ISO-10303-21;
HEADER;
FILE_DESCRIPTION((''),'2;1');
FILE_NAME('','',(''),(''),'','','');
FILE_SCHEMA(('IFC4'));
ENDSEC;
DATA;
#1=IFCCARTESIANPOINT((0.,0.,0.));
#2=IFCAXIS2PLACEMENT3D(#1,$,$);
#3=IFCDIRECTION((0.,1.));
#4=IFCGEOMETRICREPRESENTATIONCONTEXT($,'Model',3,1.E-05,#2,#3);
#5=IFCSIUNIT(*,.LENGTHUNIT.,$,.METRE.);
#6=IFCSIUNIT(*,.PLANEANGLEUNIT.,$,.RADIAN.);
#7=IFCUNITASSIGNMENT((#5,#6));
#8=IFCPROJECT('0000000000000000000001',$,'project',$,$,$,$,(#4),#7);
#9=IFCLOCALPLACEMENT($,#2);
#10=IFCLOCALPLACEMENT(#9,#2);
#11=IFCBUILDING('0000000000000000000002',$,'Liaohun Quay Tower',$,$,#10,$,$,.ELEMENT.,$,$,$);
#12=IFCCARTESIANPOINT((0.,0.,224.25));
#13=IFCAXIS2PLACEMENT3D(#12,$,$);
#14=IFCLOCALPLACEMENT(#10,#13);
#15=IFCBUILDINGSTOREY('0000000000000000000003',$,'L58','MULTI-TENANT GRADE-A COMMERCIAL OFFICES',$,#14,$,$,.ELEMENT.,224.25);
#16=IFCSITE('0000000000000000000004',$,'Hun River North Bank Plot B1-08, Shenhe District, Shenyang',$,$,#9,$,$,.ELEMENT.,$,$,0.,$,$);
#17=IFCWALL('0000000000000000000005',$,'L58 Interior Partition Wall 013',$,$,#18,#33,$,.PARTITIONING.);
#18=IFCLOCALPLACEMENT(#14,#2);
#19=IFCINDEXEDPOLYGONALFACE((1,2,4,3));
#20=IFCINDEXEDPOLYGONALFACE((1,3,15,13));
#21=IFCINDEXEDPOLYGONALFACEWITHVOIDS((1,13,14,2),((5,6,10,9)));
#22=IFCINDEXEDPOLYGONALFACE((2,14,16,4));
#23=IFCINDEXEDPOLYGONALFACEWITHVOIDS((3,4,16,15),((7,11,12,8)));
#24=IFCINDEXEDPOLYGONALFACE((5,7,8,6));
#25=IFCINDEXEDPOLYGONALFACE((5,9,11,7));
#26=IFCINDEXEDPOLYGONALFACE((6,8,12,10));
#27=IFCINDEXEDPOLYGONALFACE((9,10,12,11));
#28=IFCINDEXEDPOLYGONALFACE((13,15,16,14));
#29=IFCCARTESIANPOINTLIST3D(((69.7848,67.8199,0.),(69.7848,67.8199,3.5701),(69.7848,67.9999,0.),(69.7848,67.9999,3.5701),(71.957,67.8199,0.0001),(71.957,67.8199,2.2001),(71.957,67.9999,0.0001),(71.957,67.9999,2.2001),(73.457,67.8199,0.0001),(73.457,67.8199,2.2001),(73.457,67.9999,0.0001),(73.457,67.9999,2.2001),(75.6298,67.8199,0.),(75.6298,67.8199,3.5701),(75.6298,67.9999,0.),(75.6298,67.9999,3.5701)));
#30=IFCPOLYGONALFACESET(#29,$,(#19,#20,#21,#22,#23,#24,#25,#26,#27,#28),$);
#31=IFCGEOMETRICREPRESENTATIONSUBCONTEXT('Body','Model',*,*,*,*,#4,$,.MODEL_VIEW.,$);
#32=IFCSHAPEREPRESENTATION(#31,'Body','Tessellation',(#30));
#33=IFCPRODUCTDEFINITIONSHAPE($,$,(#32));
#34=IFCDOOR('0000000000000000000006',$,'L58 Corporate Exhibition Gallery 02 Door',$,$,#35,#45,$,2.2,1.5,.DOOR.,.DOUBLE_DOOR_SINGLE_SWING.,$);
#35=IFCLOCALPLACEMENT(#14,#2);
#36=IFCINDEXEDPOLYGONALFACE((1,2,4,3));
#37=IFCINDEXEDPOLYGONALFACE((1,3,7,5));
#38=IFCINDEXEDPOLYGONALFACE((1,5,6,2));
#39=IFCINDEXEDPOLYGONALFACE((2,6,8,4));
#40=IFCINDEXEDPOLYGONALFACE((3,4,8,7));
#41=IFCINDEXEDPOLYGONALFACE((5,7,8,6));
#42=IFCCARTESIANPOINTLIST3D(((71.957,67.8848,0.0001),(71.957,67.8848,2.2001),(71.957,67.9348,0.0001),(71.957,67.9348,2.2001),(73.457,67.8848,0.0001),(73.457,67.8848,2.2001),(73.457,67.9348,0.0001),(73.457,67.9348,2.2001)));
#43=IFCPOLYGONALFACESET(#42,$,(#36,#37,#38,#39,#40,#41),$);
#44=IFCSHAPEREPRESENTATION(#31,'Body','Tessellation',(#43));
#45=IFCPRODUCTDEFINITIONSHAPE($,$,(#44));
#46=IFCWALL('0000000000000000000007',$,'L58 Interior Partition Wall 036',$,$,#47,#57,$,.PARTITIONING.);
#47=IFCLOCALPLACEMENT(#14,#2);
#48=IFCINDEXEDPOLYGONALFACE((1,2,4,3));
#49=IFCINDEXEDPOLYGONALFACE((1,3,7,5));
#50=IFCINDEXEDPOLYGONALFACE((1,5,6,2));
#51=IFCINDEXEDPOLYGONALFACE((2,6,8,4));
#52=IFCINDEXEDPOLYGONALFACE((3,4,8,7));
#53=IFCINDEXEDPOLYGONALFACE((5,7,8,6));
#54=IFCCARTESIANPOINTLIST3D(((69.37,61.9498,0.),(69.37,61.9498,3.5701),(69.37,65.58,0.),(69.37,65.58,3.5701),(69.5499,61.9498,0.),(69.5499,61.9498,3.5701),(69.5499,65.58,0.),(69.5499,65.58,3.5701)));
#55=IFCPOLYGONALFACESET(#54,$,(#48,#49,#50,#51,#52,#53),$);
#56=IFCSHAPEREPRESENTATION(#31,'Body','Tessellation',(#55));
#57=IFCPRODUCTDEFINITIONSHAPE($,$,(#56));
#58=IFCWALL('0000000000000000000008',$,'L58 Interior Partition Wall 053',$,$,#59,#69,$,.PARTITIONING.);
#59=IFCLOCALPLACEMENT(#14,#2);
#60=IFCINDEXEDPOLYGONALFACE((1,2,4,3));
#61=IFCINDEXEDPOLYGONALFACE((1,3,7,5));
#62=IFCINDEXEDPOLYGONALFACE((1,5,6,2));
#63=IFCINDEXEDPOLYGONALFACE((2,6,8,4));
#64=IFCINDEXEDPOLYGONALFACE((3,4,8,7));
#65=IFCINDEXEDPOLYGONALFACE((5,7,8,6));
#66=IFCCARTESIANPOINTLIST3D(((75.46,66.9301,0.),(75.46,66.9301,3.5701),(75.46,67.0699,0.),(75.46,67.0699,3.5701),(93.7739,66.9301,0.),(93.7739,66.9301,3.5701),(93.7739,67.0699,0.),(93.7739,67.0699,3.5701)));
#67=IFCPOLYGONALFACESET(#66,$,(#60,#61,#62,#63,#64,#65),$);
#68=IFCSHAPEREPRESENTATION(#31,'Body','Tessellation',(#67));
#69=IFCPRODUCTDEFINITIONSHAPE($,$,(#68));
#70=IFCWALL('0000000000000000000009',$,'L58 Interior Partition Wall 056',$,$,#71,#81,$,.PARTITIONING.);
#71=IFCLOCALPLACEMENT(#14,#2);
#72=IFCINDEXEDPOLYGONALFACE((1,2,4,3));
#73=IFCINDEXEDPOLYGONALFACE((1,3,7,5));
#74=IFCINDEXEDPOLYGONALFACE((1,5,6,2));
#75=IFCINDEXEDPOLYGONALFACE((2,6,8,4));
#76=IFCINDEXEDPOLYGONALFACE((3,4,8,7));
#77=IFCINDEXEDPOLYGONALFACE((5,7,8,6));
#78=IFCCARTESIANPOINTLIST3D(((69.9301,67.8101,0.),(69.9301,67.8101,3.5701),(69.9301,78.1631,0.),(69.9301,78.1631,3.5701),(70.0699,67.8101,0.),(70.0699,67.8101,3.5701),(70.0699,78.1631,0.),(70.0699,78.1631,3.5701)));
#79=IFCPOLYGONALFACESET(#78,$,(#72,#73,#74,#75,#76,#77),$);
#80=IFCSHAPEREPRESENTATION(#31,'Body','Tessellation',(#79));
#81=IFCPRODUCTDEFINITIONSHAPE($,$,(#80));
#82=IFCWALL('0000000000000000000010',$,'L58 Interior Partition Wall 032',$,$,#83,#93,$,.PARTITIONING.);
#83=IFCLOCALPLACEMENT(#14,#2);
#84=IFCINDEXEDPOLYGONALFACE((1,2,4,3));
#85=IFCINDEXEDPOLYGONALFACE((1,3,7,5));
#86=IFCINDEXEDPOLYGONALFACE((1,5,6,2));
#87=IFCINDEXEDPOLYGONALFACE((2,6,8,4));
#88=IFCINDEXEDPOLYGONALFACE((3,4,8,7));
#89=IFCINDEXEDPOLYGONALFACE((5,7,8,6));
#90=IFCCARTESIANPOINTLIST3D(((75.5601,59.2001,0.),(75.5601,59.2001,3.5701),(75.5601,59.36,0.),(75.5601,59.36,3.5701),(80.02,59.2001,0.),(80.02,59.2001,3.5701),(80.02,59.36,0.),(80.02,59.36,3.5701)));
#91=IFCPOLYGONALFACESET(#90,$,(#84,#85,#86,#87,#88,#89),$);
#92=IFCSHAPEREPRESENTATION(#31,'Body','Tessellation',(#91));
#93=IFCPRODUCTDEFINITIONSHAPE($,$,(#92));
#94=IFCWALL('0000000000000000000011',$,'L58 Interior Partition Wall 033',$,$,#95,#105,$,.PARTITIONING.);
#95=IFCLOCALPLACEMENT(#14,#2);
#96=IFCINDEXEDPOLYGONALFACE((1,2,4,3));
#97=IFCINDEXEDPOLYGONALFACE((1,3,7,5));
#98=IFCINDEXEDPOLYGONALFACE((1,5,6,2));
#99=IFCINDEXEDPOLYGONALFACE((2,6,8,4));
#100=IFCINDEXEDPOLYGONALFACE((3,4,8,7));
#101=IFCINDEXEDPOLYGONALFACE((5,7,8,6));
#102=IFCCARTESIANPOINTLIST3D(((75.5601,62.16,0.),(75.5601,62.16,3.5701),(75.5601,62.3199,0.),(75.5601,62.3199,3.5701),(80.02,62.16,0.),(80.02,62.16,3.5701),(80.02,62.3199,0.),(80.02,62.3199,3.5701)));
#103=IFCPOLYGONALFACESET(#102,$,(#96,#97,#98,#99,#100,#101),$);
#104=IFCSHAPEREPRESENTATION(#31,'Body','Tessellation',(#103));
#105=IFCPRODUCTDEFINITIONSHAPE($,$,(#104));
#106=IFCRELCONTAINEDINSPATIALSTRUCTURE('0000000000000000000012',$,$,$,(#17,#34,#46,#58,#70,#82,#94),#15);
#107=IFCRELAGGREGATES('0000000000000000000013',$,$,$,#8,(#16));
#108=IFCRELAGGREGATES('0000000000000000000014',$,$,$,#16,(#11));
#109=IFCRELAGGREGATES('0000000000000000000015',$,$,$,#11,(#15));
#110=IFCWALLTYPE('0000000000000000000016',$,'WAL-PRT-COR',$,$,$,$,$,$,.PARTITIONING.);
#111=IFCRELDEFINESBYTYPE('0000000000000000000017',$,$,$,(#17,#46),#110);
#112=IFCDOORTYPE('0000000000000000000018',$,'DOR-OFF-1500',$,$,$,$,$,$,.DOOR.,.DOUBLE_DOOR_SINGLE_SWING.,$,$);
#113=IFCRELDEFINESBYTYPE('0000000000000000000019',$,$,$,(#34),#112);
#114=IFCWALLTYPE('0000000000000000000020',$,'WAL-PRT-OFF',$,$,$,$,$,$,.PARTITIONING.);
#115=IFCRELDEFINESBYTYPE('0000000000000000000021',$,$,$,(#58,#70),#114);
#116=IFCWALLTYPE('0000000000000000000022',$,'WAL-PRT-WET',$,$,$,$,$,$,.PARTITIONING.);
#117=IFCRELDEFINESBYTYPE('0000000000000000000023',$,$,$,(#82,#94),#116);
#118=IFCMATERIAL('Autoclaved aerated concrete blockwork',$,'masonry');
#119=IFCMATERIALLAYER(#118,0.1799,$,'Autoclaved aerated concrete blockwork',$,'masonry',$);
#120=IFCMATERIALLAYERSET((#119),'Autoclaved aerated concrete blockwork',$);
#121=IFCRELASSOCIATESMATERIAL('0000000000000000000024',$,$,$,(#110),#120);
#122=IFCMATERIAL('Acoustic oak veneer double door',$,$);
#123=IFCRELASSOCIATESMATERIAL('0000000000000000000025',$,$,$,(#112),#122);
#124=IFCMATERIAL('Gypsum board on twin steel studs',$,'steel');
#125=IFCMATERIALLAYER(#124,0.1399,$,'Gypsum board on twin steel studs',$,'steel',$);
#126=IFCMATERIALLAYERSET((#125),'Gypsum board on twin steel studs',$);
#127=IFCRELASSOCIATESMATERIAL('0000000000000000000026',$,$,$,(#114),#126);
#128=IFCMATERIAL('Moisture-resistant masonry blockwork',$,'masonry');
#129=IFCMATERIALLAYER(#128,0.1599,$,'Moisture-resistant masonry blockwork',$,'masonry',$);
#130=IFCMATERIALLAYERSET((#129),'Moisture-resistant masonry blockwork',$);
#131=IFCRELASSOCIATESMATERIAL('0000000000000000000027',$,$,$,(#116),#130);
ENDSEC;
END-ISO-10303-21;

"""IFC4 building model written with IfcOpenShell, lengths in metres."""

from ifc_helpers import new_model, si_unit, direction, frame, frame_2d, origin, place, context, subcontext, project, spatial, rectangle, extrude, source, transform, mapped, material, layer, layer_set, type_object, element, fill, save


model = new_model("IFC4")

# Units and contexts
model_context = context("Model", 3, precision=1e-05, world=origin(), true_north=direction((0.0, 1.0)))
body_context = subcontext(model_context, "Body", "Model", "MODEL_VIEW")
ifc_project = project(units=[si_unit("LENGTHUNIT", "METRE"), si_unit("PLANEANGLEUNIT", "RADIAN")], contexts=[model_context])

# Site, building, storey
site_placement = place(None, origin())
site = spatial("IfcSite", under=ifc_project, at=site_placement, Name="Hun River North Bank Plot B1-08, Shenhe District, Shenyang", CompositionType="ELEMENT", RefElevation=0.0)
building_placement = place(site_placement, origin())
building = spatial("IfcBuilding", under=site, at=building_placement, Name="Liaohun Quay Tower", CompositionType="ELEMENT")
storey_placement = place(building_placement, frame((0.0, 0.0, 224.25)))
storey = spatial("IfcBuildingStorey", under=building, at=storey_placement, Name="L58", Description="MULTI-TENANT GRADE-A COMMERCIAL OFFICES", CompositionType="ELEMENT", Elevation=224.25)

# Wall, opening, door
ifc_material_1 = material(Name="Autoclaved aerated concrete blockwork", Category="masonry")
ifc_layer_1 = layer(ifc_material_1, 0.1799, Name="Autoclaved aerated concrete blockwork", Category="masonry")
ifc_layer_set_1 = layer_set([ifc_layer_1], Name="Autoclaved aerated concrete blockwork")
wall_type_1 = type_object("IfcWallType", Name="WAL-PRT-COR", PredefinedType="PARTITIONING", material=ifc_layer_set_1)
wall_1_placement = place(storey_placement, frame((69.7849, 67.9099, 0.0), z_axis=(0.0, 0.0, 1.0), x_axis=(1.0, 0.0, 0.0)))
wall_1 = element("IfcWall", 1, at=wall_1_placement, inside=storey, type_object=wall_type_1, Name="L58 Interior Partition Wall 013", PredefinedType="PARTITIONING", context=body_context, shape_type="SweptSolid", body=[
    extrude(rectangle(XDim=5.845, YDim=0.1799, at=frame_2d((2.9224, 0.0))), origin(), (0.0, 0.0, 1.0), 3.5701),
])
shared_shape_1 = source(origin(), body_context, "Body", "SweptSolid", [
    extrude(rectangle(XDim=1.5, YDim=2.2, at=frame_2d((0.75, 1.1001))), frame((0.0, 0.0999, 0.0), z_axis=(0.0, -1.0, 0.0), x_axis=(1.0, 0.0, 0.0)), (0.0, 0.0, 1.0), 0.2),
])
opening_1_placement = place(wall_1_placement, frame((2.1721, 0.0, 0.0)))
opening_1 = element("IfcOpeningElement", 2, at=opening_1_placement, cuts=wall_1, PredefinedType="OPENING", context=body_context, shape_type="MappedRepresentation", body=[
    mapped(shared_shape_1, transform((0.0, 0.0, 0.0), x_axis=(1.0, 0.0, 0.0), y_axis=(0.0, 1.0, 0.0), z_axis=(0.0, 0.0, 1.0), scale=1.0)),
])
ifc_material_2 = material(Name="Acoustic oak veneer double door")
door_type_1 = type_object("IfcDoorType", Name="DOR-OFF-1500", OperationType="DOUBLE_DOOR_SINGLE_SWING", PredefinedType="DOOR", material=ifc_material_2)
shared_shape_2 = source(origin(), body_context, "Body", "SweptSolid", [
    extrude(rectangle(XDim=1.5, YDim=2.2, at=frame_2d((0.75, 1.1001))), frame((0.0, 0.0249, 0.0), z_axis=(0.0, -1.0, 0.0), x_axis=(1.0, 0.0, 0.0)), (0.0, 0.0, 1.0), 0.05),
])
door_1_placement = place(opening_1_placement, origin())
door_1 = element("IfcDoor", 3, at=door_1_placement, inside=storey, type_object=door_type_1, Name="L58 Corporate Exhibition Gallery 02 Door", OperationType="DOUBLE_DOOR_SINGLE_SWING", OverallHeight=2.2, OverallWidth=1.5, PredefinedType="DOOR", context=body_context, shape_type="MappedRepresentation", body=[
    mapped(shared_shape_2, transform((0.0, 0.0, 0.0), x_axis=(1.0, 0.0, 0.0), y_axis=(0.0, 1.0, 0.0), z_axis=(0.0, 0.0, 1.0), scale=1.0)),
])
fill(opening_1, door_1)

# Walls
wall_2_placement = place(storey_placement, frame((69.46, 61.95, 0.0), z_axis=(0.0, 0.0, 1.0), x_axis=(0.0, 1.0, 0.0)))
element("IfcWall", 4, at=wall_2_placement, inside=storey, type_object=wall_type_1, Name="L58 Interior Partition Wall 036", PredefinedType="PARTITIONING", context=body_context, shape_type="SweptSolid", body=[
    extrude(rectangle(XDim=3.6301, YDim=0.1799, at=frame_2d((1.8149, 0.0))), origin(), (0.0, 0.0, 1.0), 3.5701),
])
ifc_material_3 = material(Name="Gypsum board on twin steel studs", Category="steel")
ifc_layer_2 = layer(ifc_material_3, 0.1399, Name="Gypsum board on twin steel studs", Category="steel")
ifc_layer_set_2 = layer_set([ifc_layer_2], Name="Gypsum board on twin steel studs")
wall_type_2 = type_object("IfcWallType", Name="WAL-PRT-OFF", PredefinedType="PARTITIONING", material=ifc_layer_set_2)
wall_3_placement = place(storey_placement, frame((75.46, 67.0, 0.0), z_axis=(0.0, 0.0, 1.0), x_axis=(1.0, 0.0, 0.0)))
element("IfcWall", 5, at=wall_3_placement, inside=storey, type_object=wall_type_2, Name="L58 Interior Partition Wall 053", PredefinedType="PARTITIONING", context=body_context, shape_type="SweptSolid", body=[
    extrude(rectangle(XDim=18.314, YDim=0.1399, at=frame_2d((9.157, 0.0))), origin(), (0.0, 0.0, 1.0), 3.5701),
])
wall_4_placement = place(storey_placement, frame((70.0, 67.8101, 0.0), z_axis=(0.0, 0.0, 1.0), x_axis=(0.0, 1.0, 0.0)))
element("IfcWall", 6, at=wall_4_placement, inside=storey, type_object=wall_type_2, Name="L58 Interior Partition Wall 056", PredefinedType="PARTITIONING", context=body_context, shape_type="SweptSolid", body=[
    extrude(rectangle(XDim=10.353, YDim=0.1399, at=frame_2d((5.1765, 0.0))), origin(), (0.0, 0.0, 1.0), 3.5701),
])

# Shared definitions
ifc_material_4 = material(Name="Moisture-resistant masonry blockwork", Category="masonry")
ifc_layer_3 = layer(ifc_material_4, 0.1599, Name="Moisture-resistant masonry blockwork", Category="masonry")
ifc_layer_set_3 = layer_set([ifc_layer_3], Name="Moisture-resistant masonry blockwork")
wall_type_3 = type_object("IfcWallType", Name="WAL-PRT-WET", PredefinedType="PARTITIONING", material=ifc_layer_set_3)

# Walls
for number, where, z_axis, x_axis, name in (
    (7, (75.5601, 59.28, 0.0), (0.0, 0.0, 1.0), (1.0, 0.0, 0.0), "L58 Interior Partition Wall 032"),
    (8, (75.5601, 62.24, 0.0), (0.0, 0.0, 1.0), (1.0, 0.0, 0.0), "L58 Interior Partition Wall 033"),
):
    element("IfcWall", number, at=place(storey_placement, frame(where, z_axis=z_axis, x_axis=x_axis)), inside=storey, type_object=wall_type_3, Name=name, PredefinedType="PARTITIONING", context=body_context, shape_type="SweptSolid", body=[
        extrude(rectangle(XDim=4.46, YDim=0.1599, at=frame_2d((2.23, 0.0))), origin(), (0.0, 0.0, 1.0), 3.5701),
    ])

save(model, "model.ifc")
